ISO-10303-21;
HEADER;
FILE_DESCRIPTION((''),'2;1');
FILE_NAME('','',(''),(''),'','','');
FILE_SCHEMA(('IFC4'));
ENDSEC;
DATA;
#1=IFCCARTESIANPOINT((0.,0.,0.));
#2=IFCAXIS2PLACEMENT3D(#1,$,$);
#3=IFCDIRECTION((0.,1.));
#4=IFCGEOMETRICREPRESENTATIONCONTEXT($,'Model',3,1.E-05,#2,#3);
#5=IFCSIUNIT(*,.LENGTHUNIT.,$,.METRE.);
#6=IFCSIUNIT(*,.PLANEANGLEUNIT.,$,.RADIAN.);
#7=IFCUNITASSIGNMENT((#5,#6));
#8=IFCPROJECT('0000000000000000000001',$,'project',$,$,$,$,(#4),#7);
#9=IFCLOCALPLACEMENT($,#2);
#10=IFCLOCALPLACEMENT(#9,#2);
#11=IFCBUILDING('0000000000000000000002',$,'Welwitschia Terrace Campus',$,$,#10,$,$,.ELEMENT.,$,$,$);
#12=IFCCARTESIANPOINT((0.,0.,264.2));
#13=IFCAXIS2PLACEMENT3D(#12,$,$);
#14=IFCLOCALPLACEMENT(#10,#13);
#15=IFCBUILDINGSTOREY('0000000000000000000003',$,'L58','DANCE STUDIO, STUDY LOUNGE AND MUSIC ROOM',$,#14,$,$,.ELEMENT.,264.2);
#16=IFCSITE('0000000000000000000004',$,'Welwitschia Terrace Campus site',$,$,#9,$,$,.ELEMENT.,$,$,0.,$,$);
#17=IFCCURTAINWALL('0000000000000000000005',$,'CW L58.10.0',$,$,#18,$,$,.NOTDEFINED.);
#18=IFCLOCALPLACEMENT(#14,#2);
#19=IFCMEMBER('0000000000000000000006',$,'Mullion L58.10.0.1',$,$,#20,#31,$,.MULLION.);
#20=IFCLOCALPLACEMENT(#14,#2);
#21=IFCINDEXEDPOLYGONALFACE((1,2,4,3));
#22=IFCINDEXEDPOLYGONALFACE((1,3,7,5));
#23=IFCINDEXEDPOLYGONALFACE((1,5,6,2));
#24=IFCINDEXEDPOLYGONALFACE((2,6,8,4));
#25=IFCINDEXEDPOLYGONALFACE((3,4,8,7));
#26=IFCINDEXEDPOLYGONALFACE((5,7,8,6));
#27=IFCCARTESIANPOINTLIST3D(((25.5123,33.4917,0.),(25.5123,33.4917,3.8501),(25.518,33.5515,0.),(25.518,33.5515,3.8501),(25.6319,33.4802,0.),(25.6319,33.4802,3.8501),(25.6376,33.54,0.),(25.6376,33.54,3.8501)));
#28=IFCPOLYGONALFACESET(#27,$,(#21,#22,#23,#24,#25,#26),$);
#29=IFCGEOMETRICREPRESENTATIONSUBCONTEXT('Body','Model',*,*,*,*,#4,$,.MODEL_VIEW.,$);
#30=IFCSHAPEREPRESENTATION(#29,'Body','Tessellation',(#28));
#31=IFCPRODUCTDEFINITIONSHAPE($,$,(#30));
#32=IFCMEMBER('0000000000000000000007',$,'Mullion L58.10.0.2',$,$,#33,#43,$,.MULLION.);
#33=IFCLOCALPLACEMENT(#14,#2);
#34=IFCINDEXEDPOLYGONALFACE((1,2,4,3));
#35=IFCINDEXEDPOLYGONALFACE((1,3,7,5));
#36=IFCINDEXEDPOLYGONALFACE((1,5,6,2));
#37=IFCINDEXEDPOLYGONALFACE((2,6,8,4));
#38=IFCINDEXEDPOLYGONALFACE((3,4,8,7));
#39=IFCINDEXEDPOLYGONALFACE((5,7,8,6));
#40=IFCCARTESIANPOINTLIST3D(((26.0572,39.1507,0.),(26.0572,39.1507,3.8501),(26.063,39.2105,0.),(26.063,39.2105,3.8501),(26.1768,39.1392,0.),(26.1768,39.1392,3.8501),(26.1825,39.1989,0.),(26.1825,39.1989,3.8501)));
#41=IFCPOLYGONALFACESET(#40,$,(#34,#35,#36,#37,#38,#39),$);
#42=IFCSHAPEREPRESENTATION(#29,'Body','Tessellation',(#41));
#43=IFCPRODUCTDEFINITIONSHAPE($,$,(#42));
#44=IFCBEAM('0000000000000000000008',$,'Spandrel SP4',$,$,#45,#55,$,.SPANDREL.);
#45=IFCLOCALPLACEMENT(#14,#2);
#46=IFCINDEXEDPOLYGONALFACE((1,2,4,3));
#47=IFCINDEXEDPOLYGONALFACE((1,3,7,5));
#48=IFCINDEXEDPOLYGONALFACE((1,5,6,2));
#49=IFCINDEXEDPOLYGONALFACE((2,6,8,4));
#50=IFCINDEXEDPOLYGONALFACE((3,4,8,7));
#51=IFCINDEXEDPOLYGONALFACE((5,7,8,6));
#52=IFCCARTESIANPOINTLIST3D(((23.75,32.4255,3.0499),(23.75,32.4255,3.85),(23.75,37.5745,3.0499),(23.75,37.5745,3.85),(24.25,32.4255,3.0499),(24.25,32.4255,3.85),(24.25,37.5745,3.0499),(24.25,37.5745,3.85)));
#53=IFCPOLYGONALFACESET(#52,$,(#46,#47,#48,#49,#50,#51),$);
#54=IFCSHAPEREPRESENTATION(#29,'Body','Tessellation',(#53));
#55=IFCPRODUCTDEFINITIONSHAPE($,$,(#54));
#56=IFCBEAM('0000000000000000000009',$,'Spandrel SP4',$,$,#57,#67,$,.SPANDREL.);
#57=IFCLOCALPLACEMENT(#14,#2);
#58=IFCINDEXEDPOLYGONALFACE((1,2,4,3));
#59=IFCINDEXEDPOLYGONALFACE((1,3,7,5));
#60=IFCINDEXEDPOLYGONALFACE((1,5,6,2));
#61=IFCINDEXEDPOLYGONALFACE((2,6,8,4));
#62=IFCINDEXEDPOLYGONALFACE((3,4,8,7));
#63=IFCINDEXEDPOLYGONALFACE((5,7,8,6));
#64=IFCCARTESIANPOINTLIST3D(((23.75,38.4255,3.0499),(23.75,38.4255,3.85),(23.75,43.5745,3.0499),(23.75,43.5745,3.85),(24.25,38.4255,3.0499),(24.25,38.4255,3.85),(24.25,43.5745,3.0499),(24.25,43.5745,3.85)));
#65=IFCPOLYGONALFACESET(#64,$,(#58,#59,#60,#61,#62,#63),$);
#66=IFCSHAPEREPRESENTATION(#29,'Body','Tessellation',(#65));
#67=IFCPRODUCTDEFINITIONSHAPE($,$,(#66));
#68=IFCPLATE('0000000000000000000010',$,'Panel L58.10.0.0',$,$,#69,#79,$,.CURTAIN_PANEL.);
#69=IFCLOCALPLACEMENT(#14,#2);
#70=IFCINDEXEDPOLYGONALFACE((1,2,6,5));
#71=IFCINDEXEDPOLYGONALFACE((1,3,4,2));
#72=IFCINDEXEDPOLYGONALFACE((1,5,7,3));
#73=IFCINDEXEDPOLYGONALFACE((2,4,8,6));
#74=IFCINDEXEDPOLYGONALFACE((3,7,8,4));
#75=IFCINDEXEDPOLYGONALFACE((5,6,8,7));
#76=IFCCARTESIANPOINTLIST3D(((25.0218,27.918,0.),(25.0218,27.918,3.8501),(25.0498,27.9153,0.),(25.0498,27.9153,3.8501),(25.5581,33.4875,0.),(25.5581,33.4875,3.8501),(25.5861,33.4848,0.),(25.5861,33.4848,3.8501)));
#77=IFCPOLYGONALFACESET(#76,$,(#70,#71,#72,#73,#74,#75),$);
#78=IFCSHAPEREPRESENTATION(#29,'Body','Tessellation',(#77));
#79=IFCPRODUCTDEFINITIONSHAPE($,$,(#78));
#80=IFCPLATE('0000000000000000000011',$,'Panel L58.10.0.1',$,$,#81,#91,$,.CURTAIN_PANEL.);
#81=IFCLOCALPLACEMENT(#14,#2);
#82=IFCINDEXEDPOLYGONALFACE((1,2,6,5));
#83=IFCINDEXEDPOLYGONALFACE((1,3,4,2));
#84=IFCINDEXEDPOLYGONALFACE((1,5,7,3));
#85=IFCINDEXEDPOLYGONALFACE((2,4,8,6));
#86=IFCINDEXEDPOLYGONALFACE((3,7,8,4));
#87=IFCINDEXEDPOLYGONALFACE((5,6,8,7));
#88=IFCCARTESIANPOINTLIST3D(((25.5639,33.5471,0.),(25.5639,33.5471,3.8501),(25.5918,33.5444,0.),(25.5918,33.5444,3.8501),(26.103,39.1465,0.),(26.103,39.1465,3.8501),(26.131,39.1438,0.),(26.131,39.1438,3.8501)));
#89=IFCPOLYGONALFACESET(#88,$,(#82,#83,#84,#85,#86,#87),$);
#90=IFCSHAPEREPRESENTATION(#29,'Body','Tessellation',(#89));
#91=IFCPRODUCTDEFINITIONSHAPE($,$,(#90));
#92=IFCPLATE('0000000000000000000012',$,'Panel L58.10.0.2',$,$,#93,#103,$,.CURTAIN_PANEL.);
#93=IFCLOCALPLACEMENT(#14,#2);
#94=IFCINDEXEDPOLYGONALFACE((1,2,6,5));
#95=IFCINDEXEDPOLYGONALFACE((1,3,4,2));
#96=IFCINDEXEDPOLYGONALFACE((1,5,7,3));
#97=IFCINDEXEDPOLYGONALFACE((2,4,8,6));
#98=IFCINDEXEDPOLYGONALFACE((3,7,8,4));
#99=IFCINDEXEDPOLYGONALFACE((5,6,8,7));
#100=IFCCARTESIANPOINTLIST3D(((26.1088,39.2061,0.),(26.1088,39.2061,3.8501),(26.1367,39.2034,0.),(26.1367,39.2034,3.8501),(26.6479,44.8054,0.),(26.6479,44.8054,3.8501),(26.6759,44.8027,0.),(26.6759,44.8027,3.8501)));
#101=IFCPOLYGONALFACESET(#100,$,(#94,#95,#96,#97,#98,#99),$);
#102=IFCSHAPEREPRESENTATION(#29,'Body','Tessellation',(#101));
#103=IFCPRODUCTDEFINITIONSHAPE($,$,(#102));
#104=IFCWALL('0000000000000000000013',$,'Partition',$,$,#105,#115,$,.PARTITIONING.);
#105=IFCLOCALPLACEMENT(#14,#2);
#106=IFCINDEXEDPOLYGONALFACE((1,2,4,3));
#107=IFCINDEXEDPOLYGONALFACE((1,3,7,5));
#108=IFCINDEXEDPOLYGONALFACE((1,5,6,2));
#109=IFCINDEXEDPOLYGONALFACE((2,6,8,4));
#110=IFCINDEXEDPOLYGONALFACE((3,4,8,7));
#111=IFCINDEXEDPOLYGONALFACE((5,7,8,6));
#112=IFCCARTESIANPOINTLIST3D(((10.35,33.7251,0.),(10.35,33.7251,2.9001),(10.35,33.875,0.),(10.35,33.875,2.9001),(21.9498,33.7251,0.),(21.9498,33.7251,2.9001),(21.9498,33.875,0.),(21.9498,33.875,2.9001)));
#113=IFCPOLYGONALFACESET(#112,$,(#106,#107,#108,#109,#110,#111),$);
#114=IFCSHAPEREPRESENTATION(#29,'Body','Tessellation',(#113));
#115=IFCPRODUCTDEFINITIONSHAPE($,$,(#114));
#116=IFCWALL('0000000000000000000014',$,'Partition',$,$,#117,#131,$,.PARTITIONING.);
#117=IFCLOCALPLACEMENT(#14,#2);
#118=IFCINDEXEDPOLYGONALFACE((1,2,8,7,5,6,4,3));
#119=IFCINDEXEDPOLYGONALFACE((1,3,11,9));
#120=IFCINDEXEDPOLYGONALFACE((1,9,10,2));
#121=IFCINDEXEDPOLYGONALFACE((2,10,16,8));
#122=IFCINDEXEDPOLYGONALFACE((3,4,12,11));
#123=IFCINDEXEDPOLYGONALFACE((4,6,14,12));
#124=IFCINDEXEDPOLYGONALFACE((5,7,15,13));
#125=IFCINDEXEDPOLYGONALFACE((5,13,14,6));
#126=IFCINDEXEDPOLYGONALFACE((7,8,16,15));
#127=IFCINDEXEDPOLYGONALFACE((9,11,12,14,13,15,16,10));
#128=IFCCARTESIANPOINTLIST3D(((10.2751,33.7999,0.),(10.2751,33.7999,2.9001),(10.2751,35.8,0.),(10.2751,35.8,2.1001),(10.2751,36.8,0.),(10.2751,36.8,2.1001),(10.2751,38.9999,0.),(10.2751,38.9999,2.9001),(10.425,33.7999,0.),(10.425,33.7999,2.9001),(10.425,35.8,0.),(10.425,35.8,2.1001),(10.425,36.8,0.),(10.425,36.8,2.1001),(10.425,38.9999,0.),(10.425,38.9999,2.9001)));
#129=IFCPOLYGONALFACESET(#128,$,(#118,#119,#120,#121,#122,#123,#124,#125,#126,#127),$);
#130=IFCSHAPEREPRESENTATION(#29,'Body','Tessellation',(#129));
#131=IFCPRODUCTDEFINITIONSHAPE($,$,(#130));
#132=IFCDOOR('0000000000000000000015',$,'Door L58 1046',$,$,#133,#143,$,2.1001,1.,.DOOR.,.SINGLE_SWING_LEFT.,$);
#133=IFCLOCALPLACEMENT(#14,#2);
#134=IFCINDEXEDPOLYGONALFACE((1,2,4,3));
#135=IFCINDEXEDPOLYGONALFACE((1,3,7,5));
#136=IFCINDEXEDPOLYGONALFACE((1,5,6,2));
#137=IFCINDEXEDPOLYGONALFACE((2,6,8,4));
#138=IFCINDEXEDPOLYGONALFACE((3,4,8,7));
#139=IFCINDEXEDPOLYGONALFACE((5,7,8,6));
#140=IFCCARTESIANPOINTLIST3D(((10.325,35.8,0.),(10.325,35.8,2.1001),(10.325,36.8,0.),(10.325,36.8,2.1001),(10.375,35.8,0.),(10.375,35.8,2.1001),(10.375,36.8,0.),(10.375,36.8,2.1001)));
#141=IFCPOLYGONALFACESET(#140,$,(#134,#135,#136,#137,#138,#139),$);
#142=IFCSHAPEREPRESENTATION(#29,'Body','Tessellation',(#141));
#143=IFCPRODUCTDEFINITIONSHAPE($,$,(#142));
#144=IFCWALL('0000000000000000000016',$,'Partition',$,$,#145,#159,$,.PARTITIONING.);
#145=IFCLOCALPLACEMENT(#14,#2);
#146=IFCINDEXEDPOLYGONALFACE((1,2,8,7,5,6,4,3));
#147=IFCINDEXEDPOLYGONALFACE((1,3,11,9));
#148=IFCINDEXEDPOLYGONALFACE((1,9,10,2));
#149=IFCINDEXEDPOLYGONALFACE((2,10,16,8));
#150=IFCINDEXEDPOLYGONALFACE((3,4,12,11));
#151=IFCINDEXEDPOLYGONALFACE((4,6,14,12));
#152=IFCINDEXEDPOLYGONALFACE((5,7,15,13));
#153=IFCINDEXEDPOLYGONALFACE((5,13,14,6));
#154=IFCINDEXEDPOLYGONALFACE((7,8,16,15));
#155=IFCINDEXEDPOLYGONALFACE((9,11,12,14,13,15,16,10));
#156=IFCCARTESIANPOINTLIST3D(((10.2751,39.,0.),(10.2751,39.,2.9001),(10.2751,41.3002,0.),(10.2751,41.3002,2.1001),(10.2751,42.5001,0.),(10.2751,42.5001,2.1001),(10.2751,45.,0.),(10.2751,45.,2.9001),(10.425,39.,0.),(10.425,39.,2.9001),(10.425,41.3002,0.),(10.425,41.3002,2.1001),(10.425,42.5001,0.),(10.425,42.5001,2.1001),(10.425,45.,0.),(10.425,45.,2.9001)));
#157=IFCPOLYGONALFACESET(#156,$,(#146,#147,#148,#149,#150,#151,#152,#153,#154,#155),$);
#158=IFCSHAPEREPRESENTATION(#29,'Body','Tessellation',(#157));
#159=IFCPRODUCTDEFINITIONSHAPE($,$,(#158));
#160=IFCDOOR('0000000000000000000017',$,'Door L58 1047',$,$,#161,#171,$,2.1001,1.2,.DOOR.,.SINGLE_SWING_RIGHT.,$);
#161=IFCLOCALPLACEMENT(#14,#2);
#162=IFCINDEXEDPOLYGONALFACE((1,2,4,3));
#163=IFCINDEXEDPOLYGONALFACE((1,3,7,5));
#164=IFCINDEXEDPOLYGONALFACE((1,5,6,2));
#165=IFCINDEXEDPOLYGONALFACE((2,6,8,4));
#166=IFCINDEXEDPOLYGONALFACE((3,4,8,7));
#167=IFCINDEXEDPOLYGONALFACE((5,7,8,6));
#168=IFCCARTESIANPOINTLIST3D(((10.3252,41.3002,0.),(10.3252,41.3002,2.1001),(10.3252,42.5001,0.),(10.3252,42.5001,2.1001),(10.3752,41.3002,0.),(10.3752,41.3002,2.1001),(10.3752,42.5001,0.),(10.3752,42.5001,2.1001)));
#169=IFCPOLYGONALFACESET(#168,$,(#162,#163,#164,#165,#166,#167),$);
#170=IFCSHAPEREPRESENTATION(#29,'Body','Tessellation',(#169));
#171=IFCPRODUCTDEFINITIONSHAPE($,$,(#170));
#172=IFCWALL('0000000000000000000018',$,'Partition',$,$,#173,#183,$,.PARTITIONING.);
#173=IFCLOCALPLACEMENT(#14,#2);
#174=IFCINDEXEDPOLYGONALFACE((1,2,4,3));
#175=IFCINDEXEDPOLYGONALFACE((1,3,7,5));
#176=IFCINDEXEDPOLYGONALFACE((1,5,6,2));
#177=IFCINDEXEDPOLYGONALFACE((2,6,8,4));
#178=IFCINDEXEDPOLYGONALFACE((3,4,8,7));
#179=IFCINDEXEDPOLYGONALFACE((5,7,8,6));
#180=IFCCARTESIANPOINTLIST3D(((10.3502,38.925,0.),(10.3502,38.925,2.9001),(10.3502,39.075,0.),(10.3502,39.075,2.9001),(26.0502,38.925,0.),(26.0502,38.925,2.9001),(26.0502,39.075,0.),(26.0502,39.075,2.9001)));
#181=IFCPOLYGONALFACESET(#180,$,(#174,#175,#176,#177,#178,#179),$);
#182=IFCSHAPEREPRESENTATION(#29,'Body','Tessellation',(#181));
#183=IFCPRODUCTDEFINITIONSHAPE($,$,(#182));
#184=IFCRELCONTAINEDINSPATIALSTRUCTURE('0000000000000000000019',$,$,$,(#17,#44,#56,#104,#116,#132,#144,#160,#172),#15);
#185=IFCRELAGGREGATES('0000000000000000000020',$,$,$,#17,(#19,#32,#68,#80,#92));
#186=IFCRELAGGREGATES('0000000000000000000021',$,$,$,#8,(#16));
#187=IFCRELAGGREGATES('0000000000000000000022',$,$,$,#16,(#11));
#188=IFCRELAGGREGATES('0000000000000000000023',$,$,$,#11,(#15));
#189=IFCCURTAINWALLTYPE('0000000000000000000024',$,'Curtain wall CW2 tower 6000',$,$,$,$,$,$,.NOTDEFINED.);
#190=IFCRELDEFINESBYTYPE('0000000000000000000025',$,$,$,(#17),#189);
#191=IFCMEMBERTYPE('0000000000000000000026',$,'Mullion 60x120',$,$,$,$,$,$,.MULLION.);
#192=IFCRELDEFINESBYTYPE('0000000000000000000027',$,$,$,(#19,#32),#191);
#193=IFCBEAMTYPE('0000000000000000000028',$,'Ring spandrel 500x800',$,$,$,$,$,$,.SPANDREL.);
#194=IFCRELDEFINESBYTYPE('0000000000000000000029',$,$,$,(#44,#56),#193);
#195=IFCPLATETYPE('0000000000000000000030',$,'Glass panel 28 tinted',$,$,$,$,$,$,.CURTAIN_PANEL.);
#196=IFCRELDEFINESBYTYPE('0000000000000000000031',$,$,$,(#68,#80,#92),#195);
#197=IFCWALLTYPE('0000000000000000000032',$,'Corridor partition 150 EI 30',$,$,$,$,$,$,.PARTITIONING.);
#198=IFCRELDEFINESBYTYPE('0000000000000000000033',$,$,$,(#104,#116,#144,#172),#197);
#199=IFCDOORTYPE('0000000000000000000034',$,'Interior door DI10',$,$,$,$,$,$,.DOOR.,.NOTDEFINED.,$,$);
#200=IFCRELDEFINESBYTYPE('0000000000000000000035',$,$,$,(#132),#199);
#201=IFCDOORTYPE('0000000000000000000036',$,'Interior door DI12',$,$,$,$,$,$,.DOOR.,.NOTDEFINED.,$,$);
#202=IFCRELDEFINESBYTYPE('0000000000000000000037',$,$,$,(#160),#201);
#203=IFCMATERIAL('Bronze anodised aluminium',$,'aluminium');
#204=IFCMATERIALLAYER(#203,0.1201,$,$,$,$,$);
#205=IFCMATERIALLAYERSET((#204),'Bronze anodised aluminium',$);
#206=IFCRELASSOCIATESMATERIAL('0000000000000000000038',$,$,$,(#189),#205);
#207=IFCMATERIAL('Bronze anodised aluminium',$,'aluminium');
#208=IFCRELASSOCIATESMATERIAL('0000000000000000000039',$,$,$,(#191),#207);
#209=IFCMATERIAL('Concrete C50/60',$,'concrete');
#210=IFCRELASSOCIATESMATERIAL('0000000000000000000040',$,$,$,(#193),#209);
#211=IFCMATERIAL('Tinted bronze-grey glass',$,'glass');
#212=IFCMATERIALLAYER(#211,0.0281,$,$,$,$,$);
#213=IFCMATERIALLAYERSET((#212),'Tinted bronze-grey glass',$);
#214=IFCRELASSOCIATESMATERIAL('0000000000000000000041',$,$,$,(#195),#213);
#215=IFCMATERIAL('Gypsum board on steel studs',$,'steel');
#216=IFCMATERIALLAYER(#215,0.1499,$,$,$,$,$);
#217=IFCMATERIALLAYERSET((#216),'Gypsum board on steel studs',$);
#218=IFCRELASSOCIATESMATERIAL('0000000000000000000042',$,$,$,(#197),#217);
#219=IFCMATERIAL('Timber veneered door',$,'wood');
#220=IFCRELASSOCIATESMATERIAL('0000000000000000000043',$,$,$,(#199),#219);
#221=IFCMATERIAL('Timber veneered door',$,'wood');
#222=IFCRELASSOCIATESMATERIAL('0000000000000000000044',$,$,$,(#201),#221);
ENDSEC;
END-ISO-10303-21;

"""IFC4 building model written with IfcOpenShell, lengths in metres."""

from ifc_helpers import new_model, si_unit, direction, frame, frame_2d, origin, origin_2d, place, context, subcontext, project, spatial, rectangle, extrude, material, layer, layer_set, material_profile, profile_set, type_object, element, fill, aggregate, save


model = new_model("IFC4")

# Units and contexts
model_context = context("Model", 3, precision=1e-05, world=origin(), true_north=direction((0.0, 1.0)))
body_context = subcontext(model_context, "Body", "Model", "MODEL_VIEW")
ifc_project = project(units=[si_unit("LENGTHUNIT", "METRE"), si_unit("PLANEANGLEUNIT", "RADIAN")], contexts=[model_context])

# Site, building, storey
site_placement = place(None, origin())
site = spatial("IfcSite", under=ifc_project, at=site_placement, Name="Welwitschia Terrace Campus site", CompositionType="ELEMENT", RefElevation=0.0)
building_placement = place(site_placement, origin())
building = spatial("IfcBuilding", under=site, at=building_placement, Name="Welwitschia Terrace Campus", CompositionType="ELEMENT")
storey_placement = place(building_placement, frame((0.0, 0.0, 264.2)))
storey = spatial("IfcBuildingStorey", under=building, at=storey_placement, Name="L58", Description="DANCE STUDIO, STUDY LOUNGE AND MUSIC ROOM", CompositionType="ELEMENT", Elevation=264.2)

# Curtain wall, members
ifc_material_1 = material(Name="Bronze anodised aluminium", Category="aluminium")
ifc_layer_1 = layer(ifc_material_1, 0.1201)
ifc_layer_set_1 = layer_set([ifc_layer_1], Name="Bronze anodised aluminium")
curtain_wall_type = type_object("IfcCurtainWallType", Name="Curtain wall CW2 tower 6000", PredefinedType="NOTDEFINED", material=ifc_layer_set_1)
curtain_wall_placement = place(storey_placement, origin())
curtain_wall = element("IfcCurtainWall", 1, at=curtain_wall_placement, inside=storey, type_object=curtain_wall_type, Name="CW L58.10.0", PredefinedType="NOTDEFINED")
ifc_material_2 = material(Name="Bronze anodised aluminium", Category="aluminium")
ifc_material_profile_1 = material_profile(ifc_material_2, rectangle(XDim=0.1201, YDim=0.0601, at=origin_2d()))
ifc_profile_set_1 = profile_set([ifc_material_profile_1], Name="Bronze anodised aluminium")
member_type = type_object("IfcMemberType", Name="Mullion 60x120", PredefinedType="MULLION", material=ifc_profile_set_1)
member_1_placement = place(storey_placement, frame((25.575, 33.5159, 0.0), z_axis=(0.0, 0.0, 1.0), x_axis=(-0.995396, 0.095846, 0.0)))
member_1 = element("IfcMember", 2, at=member_1_placement, type_object=member_type, Name="Mullion L58.10.0.1", PredefinedType="MULLION", context=body_context, shape_type="SweptSolid", body=[
    extrude(rectangle(XDim=0.1201, YDim=0.0601, at=origin_2d()), origin(), (0.0, 0.0, 1.0), 3.8501),
])
member_2_placement = place(storey_placement, frame((26.1199, 39.1748, 0.0), z_axis=(0.0, 0.0, 1.0), x_axis=(-0.995396, 0.095846, 0.0)))
member_2 = element("IfcMember", 3, at=member_2_placement, type_object=member_type, Name="Mullion L58.10.0.2", PredefinedType="MULLION", context=body_context, shape_type="SweptSolid", body=[
    extrude(rectangle(XDim=0.1201, YDim=0.0601, at=origin_2d()), origin(), (0.0, 0.0, 1.0), 3.8501),
])

# Beams
ifc_material_3 = material(Name="Concrete C50/60", Category="concrete")
ifc_material_profile_2 = material_profile(ifc_material_3, rectangle(XDim=0.5, YDim=0.8, at=origin_2d()))
ifc_profile_set_2 = profile_set([ifc_material_profile_2], Name="Concrete C50/60")
beam_type_1 = type_object("IfcBeamType", Name="Ring spandrel 500x800", PredefinedType="SPANDREL", material=ifc_profile_set_2)
for number, where, z_axis, x_axis, name in (
    (4, (24.0, 32.4255, 3.45), (0.0, 1.0, 0.0), (-1.0, 0.0, 0.0), "Spandrel SP4"),
    (5, (24.0, 38.4255, 3.45), (0.0, 1.0, 0.0), (-1.0, 0.0, 0.0), "Spandrel SP4"),
):
    element("IfcBeam", number, at=place(storey_placement, frame(where, z_axis=z_axis, x_axis=x_axis)), inside=storey, type_object=beam_type_1, Name=name, PredefinedType="SPANDREL", context=body_context, shape_type="SweptSolid", body=[
        extrude(rectangle(XDim=0.5, YDim=0.8, at=origin_2d()), origin(), (0.0, 0.0, 1.0), 5.1489),
    ])

# Plates
ifc_material_4 = material(Name="Tinted bronze-grey glass", Category="glass")
ifc_layer_2 = layer(ifc_material_4, 0.0281)
ifc_layer_set_2 = layer_set([ifc_layer_2], Name="Tinted bronze-grey glass")
plate_type = type_object("IfcPlateType", Name="Glass panel 28 tinted", PredefinedType="CURTAIN_PANEL", material=ifc_layer_set_2)
plate_1_placement = place(storey_placement, frame((25.304, 30.7014, 0.0), z_axis=(0.0, 0.0, 1.0), x_axis=(0.095846, 0.995396, 0.0)))
plate_1 = element("IfcPlate", 6, at=plate_1_placement, type_object=plate_type, Name="Panel L58.10.0.0", PredefinedType="CURTAIN_PANEL", context=body_context, shape_type="SweptSolid", body=[
    extrude(rectangle(XDim=5.5952, YDim=0.0281, at=origin_2d()), origin(), (0.0, 0.0, 1.0), 3.8501),
])
plate_2_placement = place(storey_placement, frame((25.8474, 36.3455, 0.0), z_axis=(0.0, 0.0, 1.0), x_axis=(0.095846, 0.995396, 0.0)))
plate_2 = element("IfcPlate", 7, at=plate_2_placement, type_object=plate_type, Name="Panel L58.10.0.1", PredefinedType="CURTAIN_PANEL", context=body_context, shape_type="SweptSolid", body=[
    extrude(rectangle(XDim=5.6252, YDim=0.0281, at=origin_2d()), origin(), (0.0, 0.0, 1.0), 3.8501),
])
plate_3_placement = place(storey_placement, frame((26.3923, 42.0044, 0.0), z_axis=(0.0, 0.0, 1.0), x_axis=(0.095846, 0.995396, 0.0)))
plate_3 = element("IfcPlate", 8, at=plate_3_placement, type_object=plate_type, Name="Panel L58.10.0.2", PredefinedType="CURTAIN_PANEL", context=body_context, shape_type="SweptSolid", body=[
    extrude(rectangle(XDim=5.6252, YDim=0.0281, at=origin_2d()), origin(), (0.0, 0.0, 1.0), 3.8501),
])
aggregate(curtain_wall, [member_1, member_2, plate_1, plate_2, plate_3])

# Wall
ifc_material_5 = material(Name="Gypsum board on steel studs", Category="steel")
ifc_layer_3 = layer(ifc_material_5, 0.1499)
ifc_layer_set_3 = layer_set([ifc_layer_3], Name="Gypsum board on steel studs")
wall_type = type_object("IfcWallType", Name="Corridor partition 150 EI 30", PredefinedType="PARTITIONING", material=ifc_layer_set_3)
wall_1_placement = place(storey_placement, frame((10.3501, 33.8, 0.0), z_axis=(0.0, 0.0, 1.0), x_axis=(1.0, 0.0, 0.0)))
element("IfcWall", 9, at=wall_1_placement, inside=storey, type_object=wall_type, Name="Partition", PredefinedType="PARTITIONING", context=body_context, shape_type="SweptSolid", body=[
    extrude(rectangle(XDim=11.5999, YDim=0.1499, at=frame_2d((5.7998, 0.0))), origin(), (0.0, 0.0, 1.0), 2.9001),
])

# Walls, openings, doors
wall_2_placement = place(storey_placement, frame((10.3501, 39.0, 0.0), z_axis=(0.0, 0.0, 1.0), x_axis=(0.0, -1.0, 0.0)))
wall_2 = element("IfcWall", 10, at=wall_2_placement, inside=storey, type_object=wall_type, Name="Partition", PredefinedType="PARTITIONING", context=body_context, shape_type="SweptSolid", body=[
    extrude(rectangle(XDim=5.2, YDim=0.1499, at=frame_2d((2.6001, 0.0))), origin(), (0.0, 0.0, 1.0), 2.9001),
])
opening_1_placement = place(wall_2_placement, frame((2.2, 0.0, 0.0)))
opening_1 = element("IfcOpeningElement", 11, at=opening_1_placement, cuts=wall_2, PredefinedType="OPENING", context=body_context, shape_type="SweptSolid", body=[
    extrude(rectangle(XDim=1.0, YDim=2.1001, at=frame_2d((0.5, 1.05))), frame((0.0, 0.085, 0.0), z_axis=(0.0, -1.0, 0.0), x_axis=(1.0, 0.0, 0.0)), (0.0, 0.0, 1.0), 0.1699),
])
ifc_material_6 = material(Name="Timber veneered door", Category="wood")
door_type_1 = type_object("IfcDoorType", Name="Interior door DI10", OperationType="NOTDEFINED", PredefinedType="DOOR", material=ifc_material_6)
door_1_placement = place(opening_1_placement, origin())
door_1 = element("IfcDoor", 12, at=door_1_placement, inside=storey, type_object=door_type_1, Name="Door L58 1046", OperationType="SINGLE_SWING_LEFT", OverallHeight=2.1001, OverallWidth=1.0, PredefinedType="DOOR", context=body_context, shape_type="SweptSolid", body=[
    extrude(rectangle(XDim=1.0, YDim=2.1001, at=frame_2d((0.5, 1.05))), frame((0.0, 0.0249, 0.0), z_axis=(0.0, -1.0, 0.0), x_axis=(1.0, 0.0, 0.0)), (0.0, 0.0, 1.0), 0.05),
])
fill(opening_1, door_1)
wall_3_placement = place(storey_placement, frame((10.3501, 39.0, 0.0), z_axis=(0.0, 0.0, 1.0), x_axis=(0.0, 1.0, 0.0)))
wall_3 = element("IfcWall", 13, at=wall_3_placement, inside=storey, type_object=wall_type, Name="Partition", PredefinedType="PARTITIONING", context=body_context, shape_type="SweptSolid", body=[
    extrude(rectangle(XDim=6.0, YDim=0.1499, at=frame_2d((3.0, 0.0))), origin(), (0.0, 0.0, 1.0), 2.9001),
])
opening_2_placement = place(wall_3_placement, frame((2.3, 0.0, 0.0)))
opening_2 = element("IfcOpeningElement", 14, at=opening_2_placement, cuts=wall_3, PredefinedType="OPENING", context=body_context, shape_type="SweptSolid", body=[
    extrude(rectangle(XDim=1.2, YDim=2.1001, at=frame_2d((0.6001, 1.05))), frame((0.0, 0.085, 0.0), z_axis=(0.0, -1.0, 0.0), x_axis=(1.0, 0.0, 0.0)), (0.0, 0.0, 1.0), 0.1699),
])
ifc_material_7 = material(Name="Timber veneered door", Category="wood")
door_type_2 = type_object("IfcDoorType", Name="Interior door DI12", OperationType="NOTDEFINED", PredefinedType="DOOR", material=ifc_material_7)
door_2_placement = place(opening_2_placement, origin())
door_2 = element("IfcDoor", 15, at=door_2_placement, inside=storey, type_object=door_type_2, Name="Door L58 1047", OperationType="SINGLE_SWING_RIGHT", OverallHeight=2.1001, OverallWidth=1.2, PredefinedType="DOOR", context=body_context, shape_type="SweptSolid", body=[
    extrude(rectangle(XDim=1.2, YDim=2.1001, at=frame_2d((0.6001, 1.05))), frame((0.0, 0.0249, 0.0), z_axis=(0.0, -1.0, 0.0), x_axis=(1.0, 0.0, 0.0)), (0.0, 0.0, 1.0), 0.05),
])
fill(opening_2, door_2)

# Wall
wall_4_placement = place(storey_placement, frame((10.3501, 39.0, 0.0), z_axis=(0.0, 0.0, 1.0), x_axis=(1.0, 0.0, 0.0)))
element("IfcWall", 16, at=wall_4_placement, inside=storey, type_object=wall_type, Name="Partition", PredefinedType="PARTITIONING", context=body_context, shape_type="SweptSolid", body=[
    extrude(rectangle(XDim=15.7, YDim=0.1499, at=frame_2d((7.8501, 0.0))), origin(), (0.0, 0.0, 1.0), 2.9001),
])

save(model, "model.ifc")
